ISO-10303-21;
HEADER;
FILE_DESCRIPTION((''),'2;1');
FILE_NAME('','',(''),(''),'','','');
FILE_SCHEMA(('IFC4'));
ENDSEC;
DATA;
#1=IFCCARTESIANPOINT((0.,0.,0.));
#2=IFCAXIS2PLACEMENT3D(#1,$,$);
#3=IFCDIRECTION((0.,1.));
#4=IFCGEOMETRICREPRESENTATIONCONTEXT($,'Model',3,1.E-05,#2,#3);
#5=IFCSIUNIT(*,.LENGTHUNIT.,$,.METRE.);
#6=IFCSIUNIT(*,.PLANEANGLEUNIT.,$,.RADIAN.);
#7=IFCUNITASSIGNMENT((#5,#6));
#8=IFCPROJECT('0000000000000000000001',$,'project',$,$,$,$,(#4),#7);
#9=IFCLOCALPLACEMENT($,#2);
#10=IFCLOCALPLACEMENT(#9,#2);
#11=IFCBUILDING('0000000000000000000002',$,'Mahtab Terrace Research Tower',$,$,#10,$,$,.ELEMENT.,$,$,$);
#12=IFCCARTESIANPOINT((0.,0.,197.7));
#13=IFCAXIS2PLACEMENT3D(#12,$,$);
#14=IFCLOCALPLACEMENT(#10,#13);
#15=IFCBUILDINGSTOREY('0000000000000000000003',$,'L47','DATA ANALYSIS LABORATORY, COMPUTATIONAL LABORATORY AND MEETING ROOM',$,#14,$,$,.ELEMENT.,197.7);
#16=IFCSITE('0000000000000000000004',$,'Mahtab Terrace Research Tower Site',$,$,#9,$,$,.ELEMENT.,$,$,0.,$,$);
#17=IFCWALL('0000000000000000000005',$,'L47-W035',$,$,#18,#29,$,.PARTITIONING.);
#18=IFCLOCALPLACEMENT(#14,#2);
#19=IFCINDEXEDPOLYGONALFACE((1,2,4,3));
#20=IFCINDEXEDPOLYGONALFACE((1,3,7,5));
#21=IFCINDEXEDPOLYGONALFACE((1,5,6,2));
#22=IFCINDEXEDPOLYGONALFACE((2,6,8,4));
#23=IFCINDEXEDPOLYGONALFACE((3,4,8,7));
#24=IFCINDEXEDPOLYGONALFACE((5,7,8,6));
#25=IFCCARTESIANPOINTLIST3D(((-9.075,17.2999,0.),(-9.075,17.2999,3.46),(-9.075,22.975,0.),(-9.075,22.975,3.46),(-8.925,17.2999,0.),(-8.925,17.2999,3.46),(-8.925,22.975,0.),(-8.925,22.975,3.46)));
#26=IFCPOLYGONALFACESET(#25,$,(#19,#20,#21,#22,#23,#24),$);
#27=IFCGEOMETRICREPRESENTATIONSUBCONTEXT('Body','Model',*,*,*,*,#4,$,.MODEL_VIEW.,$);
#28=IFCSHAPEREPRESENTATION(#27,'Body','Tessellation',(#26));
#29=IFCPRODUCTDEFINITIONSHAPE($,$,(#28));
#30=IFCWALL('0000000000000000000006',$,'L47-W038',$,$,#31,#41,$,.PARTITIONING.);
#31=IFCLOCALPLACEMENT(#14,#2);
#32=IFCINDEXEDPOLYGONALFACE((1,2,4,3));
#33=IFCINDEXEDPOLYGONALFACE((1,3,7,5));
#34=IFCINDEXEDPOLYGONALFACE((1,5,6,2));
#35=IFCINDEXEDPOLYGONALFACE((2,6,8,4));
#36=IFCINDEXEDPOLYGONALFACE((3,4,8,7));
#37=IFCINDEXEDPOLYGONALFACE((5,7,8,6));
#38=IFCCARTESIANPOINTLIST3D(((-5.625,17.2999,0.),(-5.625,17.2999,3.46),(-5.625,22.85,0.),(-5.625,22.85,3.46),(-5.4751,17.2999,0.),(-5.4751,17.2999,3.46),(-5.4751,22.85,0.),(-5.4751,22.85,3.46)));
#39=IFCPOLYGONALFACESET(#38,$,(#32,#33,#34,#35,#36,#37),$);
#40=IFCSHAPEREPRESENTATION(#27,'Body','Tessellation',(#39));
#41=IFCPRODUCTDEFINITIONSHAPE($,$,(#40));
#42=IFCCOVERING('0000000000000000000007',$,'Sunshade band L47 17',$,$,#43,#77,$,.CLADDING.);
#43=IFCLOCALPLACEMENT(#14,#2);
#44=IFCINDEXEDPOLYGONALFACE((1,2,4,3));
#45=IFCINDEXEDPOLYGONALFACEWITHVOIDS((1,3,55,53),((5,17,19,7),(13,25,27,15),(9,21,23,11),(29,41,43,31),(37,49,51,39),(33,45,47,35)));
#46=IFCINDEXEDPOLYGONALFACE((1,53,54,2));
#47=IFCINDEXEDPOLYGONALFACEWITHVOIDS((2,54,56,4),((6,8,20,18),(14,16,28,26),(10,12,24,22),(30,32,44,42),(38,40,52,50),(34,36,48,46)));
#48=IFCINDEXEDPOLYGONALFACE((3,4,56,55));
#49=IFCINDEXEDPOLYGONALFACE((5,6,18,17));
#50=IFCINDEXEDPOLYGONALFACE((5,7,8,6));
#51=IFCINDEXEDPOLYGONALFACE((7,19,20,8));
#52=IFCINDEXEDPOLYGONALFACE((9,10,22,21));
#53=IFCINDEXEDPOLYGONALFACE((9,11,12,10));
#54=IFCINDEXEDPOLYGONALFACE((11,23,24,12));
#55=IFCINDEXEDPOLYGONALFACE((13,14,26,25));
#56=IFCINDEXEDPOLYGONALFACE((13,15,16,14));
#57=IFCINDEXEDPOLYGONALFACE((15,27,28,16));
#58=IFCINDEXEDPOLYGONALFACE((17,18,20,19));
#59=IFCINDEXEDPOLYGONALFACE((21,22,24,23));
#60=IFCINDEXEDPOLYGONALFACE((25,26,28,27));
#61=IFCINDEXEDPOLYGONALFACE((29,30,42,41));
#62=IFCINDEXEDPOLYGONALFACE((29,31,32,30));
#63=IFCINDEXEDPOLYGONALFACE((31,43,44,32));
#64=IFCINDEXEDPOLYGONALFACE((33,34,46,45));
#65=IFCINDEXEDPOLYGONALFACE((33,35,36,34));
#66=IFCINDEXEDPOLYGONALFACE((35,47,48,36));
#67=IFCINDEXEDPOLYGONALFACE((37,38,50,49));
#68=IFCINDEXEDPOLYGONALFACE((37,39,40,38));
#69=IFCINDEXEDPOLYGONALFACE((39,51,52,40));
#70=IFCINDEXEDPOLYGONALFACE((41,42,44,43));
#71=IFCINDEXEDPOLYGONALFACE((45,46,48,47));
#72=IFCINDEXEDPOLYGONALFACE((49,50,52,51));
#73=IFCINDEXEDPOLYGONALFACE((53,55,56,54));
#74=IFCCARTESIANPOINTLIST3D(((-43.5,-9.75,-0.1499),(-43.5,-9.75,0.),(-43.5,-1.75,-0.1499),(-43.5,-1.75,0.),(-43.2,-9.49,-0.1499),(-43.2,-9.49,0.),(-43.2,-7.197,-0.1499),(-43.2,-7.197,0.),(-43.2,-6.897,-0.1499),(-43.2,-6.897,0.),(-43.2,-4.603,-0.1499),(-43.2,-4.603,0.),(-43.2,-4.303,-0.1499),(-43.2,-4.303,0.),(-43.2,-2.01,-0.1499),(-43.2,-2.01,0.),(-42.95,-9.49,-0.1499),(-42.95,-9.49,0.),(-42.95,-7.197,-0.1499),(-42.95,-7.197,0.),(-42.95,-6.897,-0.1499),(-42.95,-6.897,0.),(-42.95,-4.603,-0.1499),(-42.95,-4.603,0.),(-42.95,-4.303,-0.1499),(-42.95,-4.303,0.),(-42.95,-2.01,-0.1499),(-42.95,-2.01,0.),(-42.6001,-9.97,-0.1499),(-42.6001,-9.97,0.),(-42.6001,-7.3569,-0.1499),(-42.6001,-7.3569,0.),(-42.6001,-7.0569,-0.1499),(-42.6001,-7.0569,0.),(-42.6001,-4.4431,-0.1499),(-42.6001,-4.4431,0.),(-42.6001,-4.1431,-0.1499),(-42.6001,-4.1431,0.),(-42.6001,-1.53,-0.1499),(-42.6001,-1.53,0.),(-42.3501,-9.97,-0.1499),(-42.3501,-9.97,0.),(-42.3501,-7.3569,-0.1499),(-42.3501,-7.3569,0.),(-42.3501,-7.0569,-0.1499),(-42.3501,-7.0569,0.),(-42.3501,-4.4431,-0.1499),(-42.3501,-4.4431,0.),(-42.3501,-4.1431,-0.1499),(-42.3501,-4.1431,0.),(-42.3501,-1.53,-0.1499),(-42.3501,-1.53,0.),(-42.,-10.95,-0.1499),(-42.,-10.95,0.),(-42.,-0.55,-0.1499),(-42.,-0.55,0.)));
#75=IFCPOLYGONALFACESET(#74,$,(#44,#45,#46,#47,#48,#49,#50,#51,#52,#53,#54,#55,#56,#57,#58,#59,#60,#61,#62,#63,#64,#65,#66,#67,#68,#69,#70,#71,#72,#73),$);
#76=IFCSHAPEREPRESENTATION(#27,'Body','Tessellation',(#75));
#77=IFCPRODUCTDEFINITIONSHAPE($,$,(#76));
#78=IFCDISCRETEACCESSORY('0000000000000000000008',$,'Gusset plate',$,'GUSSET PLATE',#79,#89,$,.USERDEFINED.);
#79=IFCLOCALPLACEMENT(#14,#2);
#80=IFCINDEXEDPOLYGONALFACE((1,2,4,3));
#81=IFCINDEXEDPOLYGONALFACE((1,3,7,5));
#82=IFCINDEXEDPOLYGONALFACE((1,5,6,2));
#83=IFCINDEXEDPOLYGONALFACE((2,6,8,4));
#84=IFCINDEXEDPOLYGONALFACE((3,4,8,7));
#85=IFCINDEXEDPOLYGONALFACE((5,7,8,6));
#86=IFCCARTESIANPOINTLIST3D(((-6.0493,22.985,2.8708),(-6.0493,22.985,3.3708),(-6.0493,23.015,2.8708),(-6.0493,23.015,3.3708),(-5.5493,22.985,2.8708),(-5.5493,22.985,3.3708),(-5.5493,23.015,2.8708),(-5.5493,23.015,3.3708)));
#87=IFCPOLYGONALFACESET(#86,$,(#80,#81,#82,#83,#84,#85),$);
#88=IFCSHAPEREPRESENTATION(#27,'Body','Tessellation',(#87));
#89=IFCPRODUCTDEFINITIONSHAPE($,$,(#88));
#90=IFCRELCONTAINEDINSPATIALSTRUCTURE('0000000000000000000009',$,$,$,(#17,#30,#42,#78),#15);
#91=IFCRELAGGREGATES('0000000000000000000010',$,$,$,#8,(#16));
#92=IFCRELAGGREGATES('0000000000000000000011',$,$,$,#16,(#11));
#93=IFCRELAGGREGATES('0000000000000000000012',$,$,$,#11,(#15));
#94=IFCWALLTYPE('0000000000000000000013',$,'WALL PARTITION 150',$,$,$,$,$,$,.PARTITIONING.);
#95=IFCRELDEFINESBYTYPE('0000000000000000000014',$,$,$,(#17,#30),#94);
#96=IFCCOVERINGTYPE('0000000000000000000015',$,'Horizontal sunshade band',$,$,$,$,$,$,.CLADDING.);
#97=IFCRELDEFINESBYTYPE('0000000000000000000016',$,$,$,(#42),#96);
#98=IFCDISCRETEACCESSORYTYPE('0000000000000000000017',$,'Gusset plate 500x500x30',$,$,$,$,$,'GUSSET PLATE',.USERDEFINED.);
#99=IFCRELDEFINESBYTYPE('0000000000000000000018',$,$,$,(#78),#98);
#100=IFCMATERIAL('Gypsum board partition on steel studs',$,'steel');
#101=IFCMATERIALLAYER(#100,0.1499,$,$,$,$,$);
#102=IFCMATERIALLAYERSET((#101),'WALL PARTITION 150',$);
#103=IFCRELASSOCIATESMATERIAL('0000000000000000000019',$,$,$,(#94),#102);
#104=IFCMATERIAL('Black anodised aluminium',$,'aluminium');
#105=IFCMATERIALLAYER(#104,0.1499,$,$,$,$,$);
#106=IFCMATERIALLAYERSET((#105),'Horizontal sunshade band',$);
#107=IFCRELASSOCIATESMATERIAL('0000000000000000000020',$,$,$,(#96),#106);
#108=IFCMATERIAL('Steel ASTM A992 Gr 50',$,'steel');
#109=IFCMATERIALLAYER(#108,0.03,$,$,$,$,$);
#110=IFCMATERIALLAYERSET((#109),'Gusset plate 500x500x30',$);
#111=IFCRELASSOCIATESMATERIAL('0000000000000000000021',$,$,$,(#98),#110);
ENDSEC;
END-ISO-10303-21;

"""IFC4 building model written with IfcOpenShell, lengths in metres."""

from ifc_helpers import new_model, si_unit, direction, frame, frame_2d, origin, origin_2d, place, context, subcontext, project, spatial, polyline, rectangle, outline, extrude, material, layer, layer_set, type_object, element, save


model = new_model("IFC4")

# Units and contexts
model_context = context("Model", 3, precision=1e-05, world=origin(), true_north=direction((0.0, 1.0)))
body_context = subcontext(model_context, "Body", "Model", "MODEL_VIEW")
ifc_project = project(units=[si_unit("LENGTHUNIT", "METRE"), si_unit("PLANEANGLEUNIT", "RADIAN")], contexts=[model_context])

# Site, building, storey
site_placement = place(None, origin())
site = spatial("IfcSite", under=ifc_project, at=site_placement, Name="Mahtab Terrace Research Tower Site", CompositionType="ELEMENT", RefElevation=0.0)
building_placement = place(site_placement, origin())
building = spatial("IfcBuilding", under=site, at=building_placement, Name="Mahtab Terrace Research Tower", CompositionType="ELEMENT")
storey_placement = place(building_placement, frame((0.0, 0.0, 197.7)))
storey = spatial("IfcBuildingStorey", under=building, at=storey_placement, Name="L47", Description="DATA ANALYSIS LABORATORY, COMPUTATIONAL LABORATORY AND MEETING ROOM", CompositionType="ELEMENT", Elevation=197.7)

# Shared definitions
ifc_material_1 = material(Name="Steel ASTM A992 Gr 50", Category="steel")

# Walls
ifc_material_2 = material(Name="Gypsum board partition on steel studs", Category="steel")
ifc_layer_1 = layer(ifc_material_2, 0.1499)
ifc_layer_set_1 = layer_set([ifc_layer_1], Name="WALL PARTITION 150")
wall_type_1 = type_object("IfcWallType", Name="WALL PARTITION 150", PredefinedType="PARTITIONING", material=ifc_layer_set_1)
wall_1_placement = place(storey_placement, frame((-9.0, 17.3, 0.0), z_axis=(0.0, 0.0, 1.0), x_axis=(0.0, 1.0, 0.0)))
element("IfcWall", 1, at=wall_1_placement, inside=storey, type_object=wall_type_1, Name="L47-W035", PredefinedType="PARTITIONING", context=body_context, shape_type="SweptSolid", body=[
    extrude(rectangle(XDim=5.675, YDim=0.1499, at=frame_2d((2.8374, 0.0))), origin(), (0.0, 0.0, 1.0), 3.46),
])
wall_2_placement = place(storey_placement, frame((-5.55, 17.3, 0.0), z_axis=(0.0, 0.0, 1.0), x_axis=(0.0, 1.0, 0.0)))
element("IfcWall", 2, at=wall_2_placement, inside=storey, type_object=wall_type_1, Name="L47-W038", PredefinedType="PARTITIONING", context=body_context, shape_type="SweptSolid", body=[
    extrude(rectangle(XDim=5.55, YDim=0.1499, at=frame_2d((2.7749, 0.0))), origin(), (0.0, 0.0, 1.0), 3.46),
])

# Covering
ifc_material_3 = material(Name="Black anodised aluminium", Category="aluminium")
ifc_layer_2 = layer(ifc_material_3, 0.1499)
ifc_layer_set_2 = layer_set([ifc_layer_2], Name="Horizontal sunshade band")
covering_type = type_object("IfcCoveringType", Name="Horizontal sunshade band", PredefinedType="CLADDING", material=ifc_layer_set_2)
covering_placement = place(storey_placement, frame((0.0, 0.0, -0.1499)))
element("IfcCovering", 3, at=covering_placement, inside=storey, type_object=covering_type, Name="Sunshade band L47 17", PredefinedType="CLADDING", context=body_context, shape_type="SweptSolid", body=[
    extrude(outline(polyline([(-42.0, -0.55), (-42.0, -10.95), (-43.5, -9.75), (-43.5, -1.75), (-42.0, -0.55)]), holes=[polyline([(-42.3501, -1.53), (-42.3501, -4.1431), (-42.6001, -4.1431), (-42.6001, -1.53), (-42.3501, -1.53)]), polyline([(-42.3501, -4.4431), (-42.3501, -7.0569), (-42.6001, -7.0569), (-42.6001, -4.4431), (-42.3501, -4.4431)]), polyline([(-42.3501, -7.3569), (-42.3501, -9.97), (-42.6001, -9.97), (-42.6001, -7.3569), (-42.3501, -7.3569)]), polyline([(-42.95, -2.01), (-42.95, -4.303), (-43.2, -4.303), (-43.2, -2.01), (-42.95, -2.01)]), polyline([(-42.95, -4.603), (-42.95, -6.897), (-43.2, -6.897), (-43.2, -4.603), (-42.95, -4.603)]), polyline([(-42.95, -7.197), (-42.95, -9.49), (-43.2, -9.49), (-43.2, -7.197), (-42.95, -7.197)])]), origin(), (0.0, 0.0, 1.0), 0.1499),
])

# Discrete accessory
ifc_layer_3 = layer(ifc_material_1, 0.03)
ifc_layer_set_3 = layer_set([ifc_layer_3], Name="Gusset plate 500x500x30")
discrete_accessory_type = type_object("IfcDiscreteAccessoryType", Name="Gusset plate 500x500x30", ElementType="GUSSET PLATE", PredefinedType="USERDEFINED", material=ifc_layer_set_3)
discrete_accessory_placement = place(storey_placement, frame((-5.7993, 23.0, 2.8708), z_axis=(0.0, 0.0, 1.0), x_axis=(1.0, 0.0, 0.0)))
element("IfcDiscreteAccessory", 4, at=discrete_accessory_placement, inside=storey, type_object=discrete_accessory_type, Name="Gusset plate", ObjectType="GUSSET PLATE", PredefinedType="USERDEFINED", context=body_context, shape_type="SweptSolid", body=[
    extrude(rectangle(XDim=0.5, YDim=0.03, at=origin_2d()), origin(), (0.0, 0.0, 1.0), 0.5),
])

save(model, "model.ifc")
